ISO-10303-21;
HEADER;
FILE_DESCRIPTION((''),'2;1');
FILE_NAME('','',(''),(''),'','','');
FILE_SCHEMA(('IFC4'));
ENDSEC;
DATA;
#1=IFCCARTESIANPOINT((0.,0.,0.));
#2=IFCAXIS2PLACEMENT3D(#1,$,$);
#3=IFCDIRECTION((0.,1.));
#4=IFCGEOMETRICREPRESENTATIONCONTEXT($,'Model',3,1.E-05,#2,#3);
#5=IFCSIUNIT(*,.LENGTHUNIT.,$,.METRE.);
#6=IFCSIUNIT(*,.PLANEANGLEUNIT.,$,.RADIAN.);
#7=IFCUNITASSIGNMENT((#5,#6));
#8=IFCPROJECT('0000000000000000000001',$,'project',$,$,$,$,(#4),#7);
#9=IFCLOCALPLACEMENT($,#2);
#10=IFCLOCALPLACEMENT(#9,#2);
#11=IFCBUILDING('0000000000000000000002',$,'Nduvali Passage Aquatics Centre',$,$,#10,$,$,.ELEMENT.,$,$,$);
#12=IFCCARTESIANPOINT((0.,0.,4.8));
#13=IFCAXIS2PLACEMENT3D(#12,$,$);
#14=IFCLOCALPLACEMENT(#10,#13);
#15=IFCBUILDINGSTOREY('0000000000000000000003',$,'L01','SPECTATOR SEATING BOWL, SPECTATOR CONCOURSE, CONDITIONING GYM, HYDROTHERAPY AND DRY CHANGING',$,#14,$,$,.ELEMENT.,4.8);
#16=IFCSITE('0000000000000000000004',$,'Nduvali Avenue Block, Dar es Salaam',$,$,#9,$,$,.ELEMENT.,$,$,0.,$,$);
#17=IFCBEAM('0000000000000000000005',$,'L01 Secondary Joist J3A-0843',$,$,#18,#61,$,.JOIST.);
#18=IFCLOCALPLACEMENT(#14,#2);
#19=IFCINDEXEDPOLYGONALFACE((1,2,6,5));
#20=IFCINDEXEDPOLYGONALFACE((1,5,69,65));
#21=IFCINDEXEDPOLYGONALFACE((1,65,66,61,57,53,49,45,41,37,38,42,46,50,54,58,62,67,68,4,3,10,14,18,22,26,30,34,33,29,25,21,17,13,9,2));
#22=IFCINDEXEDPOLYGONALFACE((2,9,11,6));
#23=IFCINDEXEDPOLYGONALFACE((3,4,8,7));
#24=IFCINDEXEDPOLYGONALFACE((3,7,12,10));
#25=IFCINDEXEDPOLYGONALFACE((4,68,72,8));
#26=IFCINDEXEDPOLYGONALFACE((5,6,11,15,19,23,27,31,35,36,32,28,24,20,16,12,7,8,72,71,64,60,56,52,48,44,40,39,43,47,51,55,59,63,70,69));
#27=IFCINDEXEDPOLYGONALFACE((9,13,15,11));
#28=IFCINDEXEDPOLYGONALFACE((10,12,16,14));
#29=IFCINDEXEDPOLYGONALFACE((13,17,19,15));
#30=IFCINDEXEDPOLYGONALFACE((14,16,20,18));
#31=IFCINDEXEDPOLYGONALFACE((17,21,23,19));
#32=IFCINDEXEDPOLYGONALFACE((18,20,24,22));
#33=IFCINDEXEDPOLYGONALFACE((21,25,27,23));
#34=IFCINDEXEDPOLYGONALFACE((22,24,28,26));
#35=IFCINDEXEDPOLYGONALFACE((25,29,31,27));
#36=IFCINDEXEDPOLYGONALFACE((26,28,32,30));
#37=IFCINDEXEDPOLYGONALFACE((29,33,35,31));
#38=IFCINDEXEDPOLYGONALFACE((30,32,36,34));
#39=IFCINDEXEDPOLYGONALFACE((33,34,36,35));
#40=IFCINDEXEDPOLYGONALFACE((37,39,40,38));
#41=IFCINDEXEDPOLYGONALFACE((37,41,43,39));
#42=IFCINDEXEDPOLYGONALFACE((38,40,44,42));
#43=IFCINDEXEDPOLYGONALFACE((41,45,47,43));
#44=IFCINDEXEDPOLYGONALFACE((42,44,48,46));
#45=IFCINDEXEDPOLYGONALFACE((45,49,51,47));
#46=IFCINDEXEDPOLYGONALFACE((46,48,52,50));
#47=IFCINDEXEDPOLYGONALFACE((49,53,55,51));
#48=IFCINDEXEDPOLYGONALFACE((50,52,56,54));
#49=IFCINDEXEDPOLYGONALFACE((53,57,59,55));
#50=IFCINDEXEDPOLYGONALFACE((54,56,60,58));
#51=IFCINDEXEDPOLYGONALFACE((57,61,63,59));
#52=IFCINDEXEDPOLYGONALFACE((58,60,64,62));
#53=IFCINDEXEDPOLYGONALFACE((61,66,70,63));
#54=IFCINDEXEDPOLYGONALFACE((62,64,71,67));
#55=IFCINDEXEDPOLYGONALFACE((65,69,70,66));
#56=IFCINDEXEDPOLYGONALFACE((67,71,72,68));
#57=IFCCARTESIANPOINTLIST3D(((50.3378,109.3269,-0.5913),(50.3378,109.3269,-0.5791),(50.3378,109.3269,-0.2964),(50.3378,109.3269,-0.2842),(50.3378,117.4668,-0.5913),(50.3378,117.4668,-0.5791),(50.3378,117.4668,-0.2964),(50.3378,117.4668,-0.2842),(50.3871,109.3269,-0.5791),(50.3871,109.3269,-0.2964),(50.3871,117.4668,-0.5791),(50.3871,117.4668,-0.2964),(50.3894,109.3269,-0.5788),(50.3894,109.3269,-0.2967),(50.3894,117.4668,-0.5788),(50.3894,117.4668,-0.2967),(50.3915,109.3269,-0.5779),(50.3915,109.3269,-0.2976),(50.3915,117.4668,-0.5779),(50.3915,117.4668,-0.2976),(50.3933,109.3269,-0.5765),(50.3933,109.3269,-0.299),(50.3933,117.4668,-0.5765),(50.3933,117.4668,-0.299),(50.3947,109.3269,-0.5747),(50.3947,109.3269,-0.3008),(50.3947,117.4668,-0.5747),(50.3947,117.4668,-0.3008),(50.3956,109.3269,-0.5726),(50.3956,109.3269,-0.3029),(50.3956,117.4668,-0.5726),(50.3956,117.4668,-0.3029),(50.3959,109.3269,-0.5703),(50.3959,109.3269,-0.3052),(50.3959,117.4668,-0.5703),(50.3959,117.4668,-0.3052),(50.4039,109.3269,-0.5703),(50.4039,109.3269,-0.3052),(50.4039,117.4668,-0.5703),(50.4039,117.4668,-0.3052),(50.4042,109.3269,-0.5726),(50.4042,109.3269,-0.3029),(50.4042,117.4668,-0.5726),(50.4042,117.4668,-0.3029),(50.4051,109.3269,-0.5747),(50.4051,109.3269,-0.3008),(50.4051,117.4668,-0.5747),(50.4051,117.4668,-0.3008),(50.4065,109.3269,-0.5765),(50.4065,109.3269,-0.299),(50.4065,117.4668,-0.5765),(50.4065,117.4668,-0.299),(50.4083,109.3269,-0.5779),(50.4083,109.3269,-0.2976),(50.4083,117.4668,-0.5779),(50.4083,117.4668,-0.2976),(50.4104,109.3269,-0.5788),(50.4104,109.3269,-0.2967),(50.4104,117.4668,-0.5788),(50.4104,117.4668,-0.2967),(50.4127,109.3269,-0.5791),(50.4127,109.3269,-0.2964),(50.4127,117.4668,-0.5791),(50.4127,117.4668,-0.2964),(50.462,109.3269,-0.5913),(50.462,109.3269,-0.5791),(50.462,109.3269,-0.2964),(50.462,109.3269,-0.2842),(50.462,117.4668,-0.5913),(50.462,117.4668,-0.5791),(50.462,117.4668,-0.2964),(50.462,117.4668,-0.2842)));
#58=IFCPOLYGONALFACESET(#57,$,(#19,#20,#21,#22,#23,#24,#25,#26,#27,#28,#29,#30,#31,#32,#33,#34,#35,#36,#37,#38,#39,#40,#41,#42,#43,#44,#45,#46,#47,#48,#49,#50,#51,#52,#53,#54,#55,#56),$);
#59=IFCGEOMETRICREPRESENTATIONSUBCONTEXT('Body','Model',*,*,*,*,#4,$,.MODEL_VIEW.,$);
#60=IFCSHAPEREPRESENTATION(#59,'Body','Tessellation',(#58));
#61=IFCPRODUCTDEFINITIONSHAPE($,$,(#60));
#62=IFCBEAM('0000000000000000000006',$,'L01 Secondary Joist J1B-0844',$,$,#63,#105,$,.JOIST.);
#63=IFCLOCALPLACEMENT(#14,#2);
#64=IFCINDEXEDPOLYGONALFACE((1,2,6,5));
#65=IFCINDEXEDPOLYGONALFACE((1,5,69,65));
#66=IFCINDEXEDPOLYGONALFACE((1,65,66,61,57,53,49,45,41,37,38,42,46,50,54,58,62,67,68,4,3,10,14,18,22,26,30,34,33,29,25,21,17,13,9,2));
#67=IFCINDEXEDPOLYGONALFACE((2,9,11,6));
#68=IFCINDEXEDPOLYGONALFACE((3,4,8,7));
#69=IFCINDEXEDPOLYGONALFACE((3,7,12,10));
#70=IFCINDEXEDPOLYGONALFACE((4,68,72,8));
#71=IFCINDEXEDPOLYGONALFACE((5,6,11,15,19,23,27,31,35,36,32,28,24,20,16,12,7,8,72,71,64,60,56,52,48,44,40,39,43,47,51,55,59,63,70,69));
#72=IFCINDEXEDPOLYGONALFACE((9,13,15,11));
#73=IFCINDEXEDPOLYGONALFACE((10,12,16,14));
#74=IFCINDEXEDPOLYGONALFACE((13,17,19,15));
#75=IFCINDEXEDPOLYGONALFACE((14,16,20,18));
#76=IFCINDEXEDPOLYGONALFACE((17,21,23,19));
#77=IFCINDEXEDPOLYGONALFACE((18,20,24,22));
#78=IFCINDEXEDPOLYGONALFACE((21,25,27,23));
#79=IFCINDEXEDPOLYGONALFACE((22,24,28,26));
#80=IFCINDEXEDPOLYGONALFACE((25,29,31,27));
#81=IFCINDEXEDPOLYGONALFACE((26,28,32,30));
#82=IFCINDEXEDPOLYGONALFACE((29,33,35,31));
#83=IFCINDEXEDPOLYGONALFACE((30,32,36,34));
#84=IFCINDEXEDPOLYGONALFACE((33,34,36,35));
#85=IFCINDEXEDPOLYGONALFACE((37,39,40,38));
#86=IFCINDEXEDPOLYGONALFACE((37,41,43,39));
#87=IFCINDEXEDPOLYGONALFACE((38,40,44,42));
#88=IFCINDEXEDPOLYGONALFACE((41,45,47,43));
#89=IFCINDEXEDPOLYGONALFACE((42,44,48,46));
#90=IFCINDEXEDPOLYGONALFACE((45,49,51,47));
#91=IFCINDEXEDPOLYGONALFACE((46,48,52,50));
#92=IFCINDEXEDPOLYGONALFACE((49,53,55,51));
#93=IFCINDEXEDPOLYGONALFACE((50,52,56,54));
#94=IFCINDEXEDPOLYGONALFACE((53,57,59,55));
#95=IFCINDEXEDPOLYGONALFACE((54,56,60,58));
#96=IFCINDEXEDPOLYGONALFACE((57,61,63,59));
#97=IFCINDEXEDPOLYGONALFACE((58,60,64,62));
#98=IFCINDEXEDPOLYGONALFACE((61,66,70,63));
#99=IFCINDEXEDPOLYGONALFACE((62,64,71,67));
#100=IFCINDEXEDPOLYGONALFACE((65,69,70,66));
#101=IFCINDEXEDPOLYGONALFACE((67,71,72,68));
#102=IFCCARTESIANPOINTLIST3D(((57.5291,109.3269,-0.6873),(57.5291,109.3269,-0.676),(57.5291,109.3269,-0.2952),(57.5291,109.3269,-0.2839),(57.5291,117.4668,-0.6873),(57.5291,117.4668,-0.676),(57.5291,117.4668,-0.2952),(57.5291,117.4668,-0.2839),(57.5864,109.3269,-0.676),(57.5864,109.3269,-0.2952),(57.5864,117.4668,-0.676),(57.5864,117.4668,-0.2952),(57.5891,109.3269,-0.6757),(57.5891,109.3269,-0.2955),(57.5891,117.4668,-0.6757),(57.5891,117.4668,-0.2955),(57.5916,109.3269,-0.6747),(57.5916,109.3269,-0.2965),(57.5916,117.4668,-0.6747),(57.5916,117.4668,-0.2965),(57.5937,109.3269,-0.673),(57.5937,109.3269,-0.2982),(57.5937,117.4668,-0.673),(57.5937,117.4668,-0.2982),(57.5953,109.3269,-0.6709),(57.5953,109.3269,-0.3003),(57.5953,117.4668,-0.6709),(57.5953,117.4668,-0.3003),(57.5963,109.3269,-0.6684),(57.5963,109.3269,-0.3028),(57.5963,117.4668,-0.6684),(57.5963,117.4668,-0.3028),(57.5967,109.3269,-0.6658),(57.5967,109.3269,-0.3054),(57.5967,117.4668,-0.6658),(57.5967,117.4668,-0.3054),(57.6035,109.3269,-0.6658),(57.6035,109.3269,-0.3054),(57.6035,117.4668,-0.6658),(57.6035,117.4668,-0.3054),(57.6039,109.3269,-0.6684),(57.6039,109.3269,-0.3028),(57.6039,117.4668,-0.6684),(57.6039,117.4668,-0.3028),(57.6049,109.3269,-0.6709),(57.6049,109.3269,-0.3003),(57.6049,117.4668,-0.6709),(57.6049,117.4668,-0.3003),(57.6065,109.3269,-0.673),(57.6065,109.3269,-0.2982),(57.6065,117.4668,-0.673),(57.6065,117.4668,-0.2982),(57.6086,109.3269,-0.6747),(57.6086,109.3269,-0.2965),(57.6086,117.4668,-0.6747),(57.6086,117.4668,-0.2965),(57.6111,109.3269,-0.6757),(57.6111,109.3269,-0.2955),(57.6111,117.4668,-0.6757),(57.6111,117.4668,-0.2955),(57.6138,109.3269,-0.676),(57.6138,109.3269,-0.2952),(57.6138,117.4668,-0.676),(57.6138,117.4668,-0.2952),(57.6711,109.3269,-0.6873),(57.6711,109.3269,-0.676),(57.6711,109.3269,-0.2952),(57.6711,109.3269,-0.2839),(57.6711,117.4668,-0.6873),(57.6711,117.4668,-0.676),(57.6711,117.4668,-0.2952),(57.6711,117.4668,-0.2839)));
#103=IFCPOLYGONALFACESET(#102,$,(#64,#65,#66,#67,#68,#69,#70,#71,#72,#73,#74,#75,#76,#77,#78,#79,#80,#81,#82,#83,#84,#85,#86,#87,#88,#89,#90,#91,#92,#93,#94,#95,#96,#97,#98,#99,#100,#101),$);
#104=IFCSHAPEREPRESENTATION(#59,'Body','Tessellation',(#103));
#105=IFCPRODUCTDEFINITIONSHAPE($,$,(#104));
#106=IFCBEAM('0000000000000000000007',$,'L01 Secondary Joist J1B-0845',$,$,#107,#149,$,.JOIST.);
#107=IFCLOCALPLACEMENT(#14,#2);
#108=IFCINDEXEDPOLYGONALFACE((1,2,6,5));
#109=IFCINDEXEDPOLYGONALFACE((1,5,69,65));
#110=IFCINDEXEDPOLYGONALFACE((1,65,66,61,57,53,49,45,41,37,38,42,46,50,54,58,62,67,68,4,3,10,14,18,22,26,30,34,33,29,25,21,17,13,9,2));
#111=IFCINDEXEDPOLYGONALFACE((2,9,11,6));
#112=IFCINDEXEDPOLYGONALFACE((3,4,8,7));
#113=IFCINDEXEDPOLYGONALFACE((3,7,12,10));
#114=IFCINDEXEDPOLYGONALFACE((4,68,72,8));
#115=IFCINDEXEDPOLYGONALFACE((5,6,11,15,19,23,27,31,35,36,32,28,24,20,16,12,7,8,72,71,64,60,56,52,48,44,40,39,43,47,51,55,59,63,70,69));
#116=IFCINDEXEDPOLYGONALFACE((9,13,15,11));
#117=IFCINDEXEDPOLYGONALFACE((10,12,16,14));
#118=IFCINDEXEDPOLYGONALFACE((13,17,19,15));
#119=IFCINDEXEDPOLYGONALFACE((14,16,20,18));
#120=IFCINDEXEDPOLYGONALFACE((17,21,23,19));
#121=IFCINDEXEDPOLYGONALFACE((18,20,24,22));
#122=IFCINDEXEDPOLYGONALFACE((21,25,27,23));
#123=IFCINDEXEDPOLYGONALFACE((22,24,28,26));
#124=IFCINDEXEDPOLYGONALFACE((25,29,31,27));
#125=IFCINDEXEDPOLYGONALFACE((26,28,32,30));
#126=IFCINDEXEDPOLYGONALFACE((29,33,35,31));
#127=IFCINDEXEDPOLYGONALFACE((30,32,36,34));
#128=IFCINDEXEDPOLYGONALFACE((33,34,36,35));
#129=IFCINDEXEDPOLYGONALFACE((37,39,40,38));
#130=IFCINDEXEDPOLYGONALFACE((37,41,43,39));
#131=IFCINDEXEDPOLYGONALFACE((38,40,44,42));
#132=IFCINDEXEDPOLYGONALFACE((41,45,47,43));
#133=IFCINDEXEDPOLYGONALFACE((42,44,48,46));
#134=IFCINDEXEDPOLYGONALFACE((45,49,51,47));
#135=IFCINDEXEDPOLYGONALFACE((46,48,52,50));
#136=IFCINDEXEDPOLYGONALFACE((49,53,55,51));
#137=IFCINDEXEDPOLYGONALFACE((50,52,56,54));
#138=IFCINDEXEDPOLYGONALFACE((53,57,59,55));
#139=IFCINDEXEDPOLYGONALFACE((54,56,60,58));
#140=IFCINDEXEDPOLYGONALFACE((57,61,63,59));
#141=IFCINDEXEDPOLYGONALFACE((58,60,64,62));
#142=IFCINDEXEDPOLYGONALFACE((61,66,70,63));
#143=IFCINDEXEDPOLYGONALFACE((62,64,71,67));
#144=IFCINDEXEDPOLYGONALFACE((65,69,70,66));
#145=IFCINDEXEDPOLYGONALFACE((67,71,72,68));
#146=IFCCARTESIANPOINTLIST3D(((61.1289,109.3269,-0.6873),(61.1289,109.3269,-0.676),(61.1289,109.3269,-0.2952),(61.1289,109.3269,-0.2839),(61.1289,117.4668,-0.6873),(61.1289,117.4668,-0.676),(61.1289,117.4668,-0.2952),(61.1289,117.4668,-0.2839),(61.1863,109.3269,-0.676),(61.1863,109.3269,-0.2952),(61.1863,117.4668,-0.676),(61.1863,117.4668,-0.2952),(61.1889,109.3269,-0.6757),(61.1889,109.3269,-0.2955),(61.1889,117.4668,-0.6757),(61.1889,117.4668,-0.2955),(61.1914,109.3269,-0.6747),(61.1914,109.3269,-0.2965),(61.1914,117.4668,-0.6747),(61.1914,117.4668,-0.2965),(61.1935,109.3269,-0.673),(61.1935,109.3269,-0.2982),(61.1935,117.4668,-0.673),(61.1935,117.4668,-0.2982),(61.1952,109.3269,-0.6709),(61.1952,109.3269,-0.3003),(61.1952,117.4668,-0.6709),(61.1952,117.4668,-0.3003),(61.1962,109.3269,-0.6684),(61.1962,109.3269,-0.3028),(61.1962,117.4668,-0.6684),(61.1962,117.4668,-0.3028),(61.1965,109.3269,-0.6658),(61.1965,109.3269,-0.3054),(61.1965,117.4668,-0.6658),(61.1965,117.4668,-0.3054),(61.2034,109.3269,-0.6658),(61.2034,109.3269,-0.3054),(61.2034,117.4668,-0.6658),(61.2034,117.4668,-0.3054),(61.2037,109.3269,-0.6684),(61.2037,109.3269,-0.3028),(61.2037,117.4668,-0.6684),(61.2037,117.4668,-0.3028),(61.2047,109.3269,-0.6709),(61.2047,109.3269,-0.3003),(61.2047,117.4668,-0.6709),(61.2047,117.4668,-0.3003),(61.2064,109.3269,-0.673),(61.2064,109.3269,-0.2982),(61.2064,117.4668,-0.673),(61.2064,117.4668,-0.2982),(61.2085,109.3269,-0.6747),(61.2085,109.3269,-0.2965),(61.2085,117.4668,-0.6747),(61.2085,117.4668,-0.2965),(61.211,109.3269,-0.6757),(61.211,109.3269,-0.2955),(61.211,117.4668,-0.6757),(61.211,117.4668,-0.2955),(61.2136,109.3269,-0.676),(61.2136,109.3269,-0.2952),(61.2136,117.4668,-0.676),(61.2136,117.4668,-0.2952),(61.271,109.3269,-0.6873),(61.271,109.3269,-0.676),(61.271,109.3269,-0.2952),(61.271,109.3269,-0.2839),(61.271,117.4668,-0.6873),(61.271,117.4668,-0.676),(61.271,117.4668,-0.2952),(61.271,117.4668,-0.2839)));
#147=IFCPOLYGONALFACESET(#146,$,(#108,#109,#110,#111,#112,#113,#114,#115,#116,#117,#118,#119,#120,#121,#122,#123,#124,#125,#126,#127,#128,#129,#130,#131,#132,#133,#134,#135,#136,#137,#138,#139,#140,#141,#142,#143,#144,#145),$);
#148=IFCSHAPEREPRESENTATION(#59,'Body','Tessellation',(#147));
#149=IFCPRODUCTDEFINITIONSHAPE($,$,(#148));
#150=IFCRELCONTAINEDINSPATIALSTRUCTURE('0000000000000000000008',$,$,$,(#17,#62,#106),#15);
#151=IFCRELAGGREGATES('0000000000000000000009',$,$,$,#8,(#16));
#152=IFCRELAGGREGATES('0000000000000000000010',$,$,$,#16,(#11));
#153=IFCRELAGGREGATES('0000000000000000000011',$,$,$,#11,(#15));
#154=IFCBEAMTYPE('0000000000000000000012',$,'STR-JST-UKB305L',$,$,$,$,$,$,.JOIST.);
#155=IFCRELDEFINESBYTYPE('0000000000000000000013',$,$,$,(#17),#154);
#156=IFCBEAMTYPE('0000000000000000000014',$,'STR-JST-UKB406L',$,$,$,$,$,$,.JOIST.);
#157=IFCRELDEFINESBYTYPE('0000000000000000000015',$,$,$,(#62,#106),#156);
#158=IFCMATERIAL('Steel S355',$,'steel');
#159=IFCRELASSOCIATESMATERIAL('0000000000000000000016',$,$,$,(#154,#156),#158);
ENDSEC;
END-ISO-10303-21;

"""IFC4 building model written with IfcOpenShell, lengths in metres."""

from ifc_helpers import new_model, si_unit, direction, frame, origin, origin_2d, place, context, subcontext, project, spatial, i_section, extrude, material, material_profile, profile_set, type_object, element, save


model = new_model("IFC4")

# Units and contexts
model_context = context("Model", 3, precision=1e-05, world=origin(), true_north=direction((0.0, 1.0)))
body_context = subcontext(model_context, "Body", "Model", "MODEL_VIEW")
ifc_project = project(units=[si_unit("LENGTHUNIT", "METRE"), si_unit("PLANEANGLEUNIT", "RADIAN")], contexts=[model_context])

# Site, building, storey
site_placement = place(None, origin())
site = spatial("IfcSite", under=ifc_project, at=site_placement, Name="Nduvali Avenue Block, Dar es Salaam", CompositionType="ELEMENT", RefElevation=0.0)
building_placement = place(site_placement, origin())
building = spatial("IfcBuilding", under=site, at=building_placement, Name="Nduvali Passage Aquatics Centre", CompositionType="ELEMENT")
storey_placement = place(building_placement, frame((0.0, 0.0, 4.8)))
storey = spatial("IfcBuildingStorey", under=building, at=storey_placement, Name="L01", Description="SPECTATOR SEATING BOWL, SPECTATOR CONCOURSE, CONDITIONING GYM, HYDROTHERAPY AND DRY CHANGING", CompositionType="ELEMENT", Elevation=4.8)

# Shared definitions
ifc_material_1 = material(Name="Steel S355", Category="steel")

# Beams
ifc_material_profile_1 = material_profile(ifc_material_1, i_section(OverallWidth=0.1243, OverallDepth=0.3071, WebThickness=0.0081, FlangeThickness=0.0122, FilletRadius=0.0088, at=origin_2d()), Name="UKB 305x127x42")
ifc_profile_set_1 = profile_set([ifc_material_profile_1], Name="Steel S355")
beam_type_1 = type_object("IfcBeamType", Name="STR-JST-UKB305L", PredefinedType="JOIST", material=ifc_profile_set_1)
beam_1_placement = place(storey_placement, frame((50.3999, 109.3269, -0.4377), z_axis=(0.0, 1.0, 0.0), x_axis=(-1.0, 0.0, 0.0)))
element("IfcBeam", 1, at=beam_1_placement, inside=storey, type_object=beam_type_1, Name="L01 Secondary Joist J3A-0843", PredefinedType="JOIST", context=body_context, shape_type="SweptSolid", body=[
    extrude(i_section(OverallWidth=0.1243, OverallDepth=0.3071, WebThickness=0.0081, FlangeThickness=0.0122, FilletRadius=0.0088, at=origin_2d()), origin(), (0.0, 0.0, 1.0), 8.1399),
])
ifc_material_profile_2 = material_profile(ifc_material_1, i_section(OverallWidth=0.1421, OverallDepth=0.4033, WebThickness=0.0068, FlangeThickness=0.0112, FilletRadius=0.0103, at=origin_2d()), Name="UKB 406x140x46")
ifc_profile_set_2 = profile_set([ifc_material_profile_2], Name="Steel S355")
beam_type_2 = type_object("IfcBeamType", Name="STR-JST-UKB406L", PredefinedType="JOIST", material=ifc_profile_set_2)
for number, where, z_axis, x_axis, name in (
    (2, (57.6001, 109.3269, -0.4856), (0.0, 1.0, 0.0), (-1.0, 0.0, 0.0), "L01 Secondary Joist J1B-0844"),
    (3, (61.2, 109.3269, -0.4856), (0.0, 1.0, 0.0), (-1.0, 0.0, 0.0), "L01 Secondary Joist J1B-0845"),
):
    element("IfcBeam", number, at=place(storey_placement, frame(where, z_axis=z_axis, x_axis=x_axis)), inside=storey, type_object=beam_type_2, Name=name, PredefinedType="JOIST", context=body_context, shape_type="SweptSolid", body=[
        extrude(i_section(OverallWidth=0.1421, OverallDepth=0.4033, WebThickness=0.0068, FlangeThickness=0.0112, FilletRadius=0.0103, at=origin_2d()), origin(), (0.0, 0.0, 1.0), 8.1399),
    ])

save(model, "model.ifc")
